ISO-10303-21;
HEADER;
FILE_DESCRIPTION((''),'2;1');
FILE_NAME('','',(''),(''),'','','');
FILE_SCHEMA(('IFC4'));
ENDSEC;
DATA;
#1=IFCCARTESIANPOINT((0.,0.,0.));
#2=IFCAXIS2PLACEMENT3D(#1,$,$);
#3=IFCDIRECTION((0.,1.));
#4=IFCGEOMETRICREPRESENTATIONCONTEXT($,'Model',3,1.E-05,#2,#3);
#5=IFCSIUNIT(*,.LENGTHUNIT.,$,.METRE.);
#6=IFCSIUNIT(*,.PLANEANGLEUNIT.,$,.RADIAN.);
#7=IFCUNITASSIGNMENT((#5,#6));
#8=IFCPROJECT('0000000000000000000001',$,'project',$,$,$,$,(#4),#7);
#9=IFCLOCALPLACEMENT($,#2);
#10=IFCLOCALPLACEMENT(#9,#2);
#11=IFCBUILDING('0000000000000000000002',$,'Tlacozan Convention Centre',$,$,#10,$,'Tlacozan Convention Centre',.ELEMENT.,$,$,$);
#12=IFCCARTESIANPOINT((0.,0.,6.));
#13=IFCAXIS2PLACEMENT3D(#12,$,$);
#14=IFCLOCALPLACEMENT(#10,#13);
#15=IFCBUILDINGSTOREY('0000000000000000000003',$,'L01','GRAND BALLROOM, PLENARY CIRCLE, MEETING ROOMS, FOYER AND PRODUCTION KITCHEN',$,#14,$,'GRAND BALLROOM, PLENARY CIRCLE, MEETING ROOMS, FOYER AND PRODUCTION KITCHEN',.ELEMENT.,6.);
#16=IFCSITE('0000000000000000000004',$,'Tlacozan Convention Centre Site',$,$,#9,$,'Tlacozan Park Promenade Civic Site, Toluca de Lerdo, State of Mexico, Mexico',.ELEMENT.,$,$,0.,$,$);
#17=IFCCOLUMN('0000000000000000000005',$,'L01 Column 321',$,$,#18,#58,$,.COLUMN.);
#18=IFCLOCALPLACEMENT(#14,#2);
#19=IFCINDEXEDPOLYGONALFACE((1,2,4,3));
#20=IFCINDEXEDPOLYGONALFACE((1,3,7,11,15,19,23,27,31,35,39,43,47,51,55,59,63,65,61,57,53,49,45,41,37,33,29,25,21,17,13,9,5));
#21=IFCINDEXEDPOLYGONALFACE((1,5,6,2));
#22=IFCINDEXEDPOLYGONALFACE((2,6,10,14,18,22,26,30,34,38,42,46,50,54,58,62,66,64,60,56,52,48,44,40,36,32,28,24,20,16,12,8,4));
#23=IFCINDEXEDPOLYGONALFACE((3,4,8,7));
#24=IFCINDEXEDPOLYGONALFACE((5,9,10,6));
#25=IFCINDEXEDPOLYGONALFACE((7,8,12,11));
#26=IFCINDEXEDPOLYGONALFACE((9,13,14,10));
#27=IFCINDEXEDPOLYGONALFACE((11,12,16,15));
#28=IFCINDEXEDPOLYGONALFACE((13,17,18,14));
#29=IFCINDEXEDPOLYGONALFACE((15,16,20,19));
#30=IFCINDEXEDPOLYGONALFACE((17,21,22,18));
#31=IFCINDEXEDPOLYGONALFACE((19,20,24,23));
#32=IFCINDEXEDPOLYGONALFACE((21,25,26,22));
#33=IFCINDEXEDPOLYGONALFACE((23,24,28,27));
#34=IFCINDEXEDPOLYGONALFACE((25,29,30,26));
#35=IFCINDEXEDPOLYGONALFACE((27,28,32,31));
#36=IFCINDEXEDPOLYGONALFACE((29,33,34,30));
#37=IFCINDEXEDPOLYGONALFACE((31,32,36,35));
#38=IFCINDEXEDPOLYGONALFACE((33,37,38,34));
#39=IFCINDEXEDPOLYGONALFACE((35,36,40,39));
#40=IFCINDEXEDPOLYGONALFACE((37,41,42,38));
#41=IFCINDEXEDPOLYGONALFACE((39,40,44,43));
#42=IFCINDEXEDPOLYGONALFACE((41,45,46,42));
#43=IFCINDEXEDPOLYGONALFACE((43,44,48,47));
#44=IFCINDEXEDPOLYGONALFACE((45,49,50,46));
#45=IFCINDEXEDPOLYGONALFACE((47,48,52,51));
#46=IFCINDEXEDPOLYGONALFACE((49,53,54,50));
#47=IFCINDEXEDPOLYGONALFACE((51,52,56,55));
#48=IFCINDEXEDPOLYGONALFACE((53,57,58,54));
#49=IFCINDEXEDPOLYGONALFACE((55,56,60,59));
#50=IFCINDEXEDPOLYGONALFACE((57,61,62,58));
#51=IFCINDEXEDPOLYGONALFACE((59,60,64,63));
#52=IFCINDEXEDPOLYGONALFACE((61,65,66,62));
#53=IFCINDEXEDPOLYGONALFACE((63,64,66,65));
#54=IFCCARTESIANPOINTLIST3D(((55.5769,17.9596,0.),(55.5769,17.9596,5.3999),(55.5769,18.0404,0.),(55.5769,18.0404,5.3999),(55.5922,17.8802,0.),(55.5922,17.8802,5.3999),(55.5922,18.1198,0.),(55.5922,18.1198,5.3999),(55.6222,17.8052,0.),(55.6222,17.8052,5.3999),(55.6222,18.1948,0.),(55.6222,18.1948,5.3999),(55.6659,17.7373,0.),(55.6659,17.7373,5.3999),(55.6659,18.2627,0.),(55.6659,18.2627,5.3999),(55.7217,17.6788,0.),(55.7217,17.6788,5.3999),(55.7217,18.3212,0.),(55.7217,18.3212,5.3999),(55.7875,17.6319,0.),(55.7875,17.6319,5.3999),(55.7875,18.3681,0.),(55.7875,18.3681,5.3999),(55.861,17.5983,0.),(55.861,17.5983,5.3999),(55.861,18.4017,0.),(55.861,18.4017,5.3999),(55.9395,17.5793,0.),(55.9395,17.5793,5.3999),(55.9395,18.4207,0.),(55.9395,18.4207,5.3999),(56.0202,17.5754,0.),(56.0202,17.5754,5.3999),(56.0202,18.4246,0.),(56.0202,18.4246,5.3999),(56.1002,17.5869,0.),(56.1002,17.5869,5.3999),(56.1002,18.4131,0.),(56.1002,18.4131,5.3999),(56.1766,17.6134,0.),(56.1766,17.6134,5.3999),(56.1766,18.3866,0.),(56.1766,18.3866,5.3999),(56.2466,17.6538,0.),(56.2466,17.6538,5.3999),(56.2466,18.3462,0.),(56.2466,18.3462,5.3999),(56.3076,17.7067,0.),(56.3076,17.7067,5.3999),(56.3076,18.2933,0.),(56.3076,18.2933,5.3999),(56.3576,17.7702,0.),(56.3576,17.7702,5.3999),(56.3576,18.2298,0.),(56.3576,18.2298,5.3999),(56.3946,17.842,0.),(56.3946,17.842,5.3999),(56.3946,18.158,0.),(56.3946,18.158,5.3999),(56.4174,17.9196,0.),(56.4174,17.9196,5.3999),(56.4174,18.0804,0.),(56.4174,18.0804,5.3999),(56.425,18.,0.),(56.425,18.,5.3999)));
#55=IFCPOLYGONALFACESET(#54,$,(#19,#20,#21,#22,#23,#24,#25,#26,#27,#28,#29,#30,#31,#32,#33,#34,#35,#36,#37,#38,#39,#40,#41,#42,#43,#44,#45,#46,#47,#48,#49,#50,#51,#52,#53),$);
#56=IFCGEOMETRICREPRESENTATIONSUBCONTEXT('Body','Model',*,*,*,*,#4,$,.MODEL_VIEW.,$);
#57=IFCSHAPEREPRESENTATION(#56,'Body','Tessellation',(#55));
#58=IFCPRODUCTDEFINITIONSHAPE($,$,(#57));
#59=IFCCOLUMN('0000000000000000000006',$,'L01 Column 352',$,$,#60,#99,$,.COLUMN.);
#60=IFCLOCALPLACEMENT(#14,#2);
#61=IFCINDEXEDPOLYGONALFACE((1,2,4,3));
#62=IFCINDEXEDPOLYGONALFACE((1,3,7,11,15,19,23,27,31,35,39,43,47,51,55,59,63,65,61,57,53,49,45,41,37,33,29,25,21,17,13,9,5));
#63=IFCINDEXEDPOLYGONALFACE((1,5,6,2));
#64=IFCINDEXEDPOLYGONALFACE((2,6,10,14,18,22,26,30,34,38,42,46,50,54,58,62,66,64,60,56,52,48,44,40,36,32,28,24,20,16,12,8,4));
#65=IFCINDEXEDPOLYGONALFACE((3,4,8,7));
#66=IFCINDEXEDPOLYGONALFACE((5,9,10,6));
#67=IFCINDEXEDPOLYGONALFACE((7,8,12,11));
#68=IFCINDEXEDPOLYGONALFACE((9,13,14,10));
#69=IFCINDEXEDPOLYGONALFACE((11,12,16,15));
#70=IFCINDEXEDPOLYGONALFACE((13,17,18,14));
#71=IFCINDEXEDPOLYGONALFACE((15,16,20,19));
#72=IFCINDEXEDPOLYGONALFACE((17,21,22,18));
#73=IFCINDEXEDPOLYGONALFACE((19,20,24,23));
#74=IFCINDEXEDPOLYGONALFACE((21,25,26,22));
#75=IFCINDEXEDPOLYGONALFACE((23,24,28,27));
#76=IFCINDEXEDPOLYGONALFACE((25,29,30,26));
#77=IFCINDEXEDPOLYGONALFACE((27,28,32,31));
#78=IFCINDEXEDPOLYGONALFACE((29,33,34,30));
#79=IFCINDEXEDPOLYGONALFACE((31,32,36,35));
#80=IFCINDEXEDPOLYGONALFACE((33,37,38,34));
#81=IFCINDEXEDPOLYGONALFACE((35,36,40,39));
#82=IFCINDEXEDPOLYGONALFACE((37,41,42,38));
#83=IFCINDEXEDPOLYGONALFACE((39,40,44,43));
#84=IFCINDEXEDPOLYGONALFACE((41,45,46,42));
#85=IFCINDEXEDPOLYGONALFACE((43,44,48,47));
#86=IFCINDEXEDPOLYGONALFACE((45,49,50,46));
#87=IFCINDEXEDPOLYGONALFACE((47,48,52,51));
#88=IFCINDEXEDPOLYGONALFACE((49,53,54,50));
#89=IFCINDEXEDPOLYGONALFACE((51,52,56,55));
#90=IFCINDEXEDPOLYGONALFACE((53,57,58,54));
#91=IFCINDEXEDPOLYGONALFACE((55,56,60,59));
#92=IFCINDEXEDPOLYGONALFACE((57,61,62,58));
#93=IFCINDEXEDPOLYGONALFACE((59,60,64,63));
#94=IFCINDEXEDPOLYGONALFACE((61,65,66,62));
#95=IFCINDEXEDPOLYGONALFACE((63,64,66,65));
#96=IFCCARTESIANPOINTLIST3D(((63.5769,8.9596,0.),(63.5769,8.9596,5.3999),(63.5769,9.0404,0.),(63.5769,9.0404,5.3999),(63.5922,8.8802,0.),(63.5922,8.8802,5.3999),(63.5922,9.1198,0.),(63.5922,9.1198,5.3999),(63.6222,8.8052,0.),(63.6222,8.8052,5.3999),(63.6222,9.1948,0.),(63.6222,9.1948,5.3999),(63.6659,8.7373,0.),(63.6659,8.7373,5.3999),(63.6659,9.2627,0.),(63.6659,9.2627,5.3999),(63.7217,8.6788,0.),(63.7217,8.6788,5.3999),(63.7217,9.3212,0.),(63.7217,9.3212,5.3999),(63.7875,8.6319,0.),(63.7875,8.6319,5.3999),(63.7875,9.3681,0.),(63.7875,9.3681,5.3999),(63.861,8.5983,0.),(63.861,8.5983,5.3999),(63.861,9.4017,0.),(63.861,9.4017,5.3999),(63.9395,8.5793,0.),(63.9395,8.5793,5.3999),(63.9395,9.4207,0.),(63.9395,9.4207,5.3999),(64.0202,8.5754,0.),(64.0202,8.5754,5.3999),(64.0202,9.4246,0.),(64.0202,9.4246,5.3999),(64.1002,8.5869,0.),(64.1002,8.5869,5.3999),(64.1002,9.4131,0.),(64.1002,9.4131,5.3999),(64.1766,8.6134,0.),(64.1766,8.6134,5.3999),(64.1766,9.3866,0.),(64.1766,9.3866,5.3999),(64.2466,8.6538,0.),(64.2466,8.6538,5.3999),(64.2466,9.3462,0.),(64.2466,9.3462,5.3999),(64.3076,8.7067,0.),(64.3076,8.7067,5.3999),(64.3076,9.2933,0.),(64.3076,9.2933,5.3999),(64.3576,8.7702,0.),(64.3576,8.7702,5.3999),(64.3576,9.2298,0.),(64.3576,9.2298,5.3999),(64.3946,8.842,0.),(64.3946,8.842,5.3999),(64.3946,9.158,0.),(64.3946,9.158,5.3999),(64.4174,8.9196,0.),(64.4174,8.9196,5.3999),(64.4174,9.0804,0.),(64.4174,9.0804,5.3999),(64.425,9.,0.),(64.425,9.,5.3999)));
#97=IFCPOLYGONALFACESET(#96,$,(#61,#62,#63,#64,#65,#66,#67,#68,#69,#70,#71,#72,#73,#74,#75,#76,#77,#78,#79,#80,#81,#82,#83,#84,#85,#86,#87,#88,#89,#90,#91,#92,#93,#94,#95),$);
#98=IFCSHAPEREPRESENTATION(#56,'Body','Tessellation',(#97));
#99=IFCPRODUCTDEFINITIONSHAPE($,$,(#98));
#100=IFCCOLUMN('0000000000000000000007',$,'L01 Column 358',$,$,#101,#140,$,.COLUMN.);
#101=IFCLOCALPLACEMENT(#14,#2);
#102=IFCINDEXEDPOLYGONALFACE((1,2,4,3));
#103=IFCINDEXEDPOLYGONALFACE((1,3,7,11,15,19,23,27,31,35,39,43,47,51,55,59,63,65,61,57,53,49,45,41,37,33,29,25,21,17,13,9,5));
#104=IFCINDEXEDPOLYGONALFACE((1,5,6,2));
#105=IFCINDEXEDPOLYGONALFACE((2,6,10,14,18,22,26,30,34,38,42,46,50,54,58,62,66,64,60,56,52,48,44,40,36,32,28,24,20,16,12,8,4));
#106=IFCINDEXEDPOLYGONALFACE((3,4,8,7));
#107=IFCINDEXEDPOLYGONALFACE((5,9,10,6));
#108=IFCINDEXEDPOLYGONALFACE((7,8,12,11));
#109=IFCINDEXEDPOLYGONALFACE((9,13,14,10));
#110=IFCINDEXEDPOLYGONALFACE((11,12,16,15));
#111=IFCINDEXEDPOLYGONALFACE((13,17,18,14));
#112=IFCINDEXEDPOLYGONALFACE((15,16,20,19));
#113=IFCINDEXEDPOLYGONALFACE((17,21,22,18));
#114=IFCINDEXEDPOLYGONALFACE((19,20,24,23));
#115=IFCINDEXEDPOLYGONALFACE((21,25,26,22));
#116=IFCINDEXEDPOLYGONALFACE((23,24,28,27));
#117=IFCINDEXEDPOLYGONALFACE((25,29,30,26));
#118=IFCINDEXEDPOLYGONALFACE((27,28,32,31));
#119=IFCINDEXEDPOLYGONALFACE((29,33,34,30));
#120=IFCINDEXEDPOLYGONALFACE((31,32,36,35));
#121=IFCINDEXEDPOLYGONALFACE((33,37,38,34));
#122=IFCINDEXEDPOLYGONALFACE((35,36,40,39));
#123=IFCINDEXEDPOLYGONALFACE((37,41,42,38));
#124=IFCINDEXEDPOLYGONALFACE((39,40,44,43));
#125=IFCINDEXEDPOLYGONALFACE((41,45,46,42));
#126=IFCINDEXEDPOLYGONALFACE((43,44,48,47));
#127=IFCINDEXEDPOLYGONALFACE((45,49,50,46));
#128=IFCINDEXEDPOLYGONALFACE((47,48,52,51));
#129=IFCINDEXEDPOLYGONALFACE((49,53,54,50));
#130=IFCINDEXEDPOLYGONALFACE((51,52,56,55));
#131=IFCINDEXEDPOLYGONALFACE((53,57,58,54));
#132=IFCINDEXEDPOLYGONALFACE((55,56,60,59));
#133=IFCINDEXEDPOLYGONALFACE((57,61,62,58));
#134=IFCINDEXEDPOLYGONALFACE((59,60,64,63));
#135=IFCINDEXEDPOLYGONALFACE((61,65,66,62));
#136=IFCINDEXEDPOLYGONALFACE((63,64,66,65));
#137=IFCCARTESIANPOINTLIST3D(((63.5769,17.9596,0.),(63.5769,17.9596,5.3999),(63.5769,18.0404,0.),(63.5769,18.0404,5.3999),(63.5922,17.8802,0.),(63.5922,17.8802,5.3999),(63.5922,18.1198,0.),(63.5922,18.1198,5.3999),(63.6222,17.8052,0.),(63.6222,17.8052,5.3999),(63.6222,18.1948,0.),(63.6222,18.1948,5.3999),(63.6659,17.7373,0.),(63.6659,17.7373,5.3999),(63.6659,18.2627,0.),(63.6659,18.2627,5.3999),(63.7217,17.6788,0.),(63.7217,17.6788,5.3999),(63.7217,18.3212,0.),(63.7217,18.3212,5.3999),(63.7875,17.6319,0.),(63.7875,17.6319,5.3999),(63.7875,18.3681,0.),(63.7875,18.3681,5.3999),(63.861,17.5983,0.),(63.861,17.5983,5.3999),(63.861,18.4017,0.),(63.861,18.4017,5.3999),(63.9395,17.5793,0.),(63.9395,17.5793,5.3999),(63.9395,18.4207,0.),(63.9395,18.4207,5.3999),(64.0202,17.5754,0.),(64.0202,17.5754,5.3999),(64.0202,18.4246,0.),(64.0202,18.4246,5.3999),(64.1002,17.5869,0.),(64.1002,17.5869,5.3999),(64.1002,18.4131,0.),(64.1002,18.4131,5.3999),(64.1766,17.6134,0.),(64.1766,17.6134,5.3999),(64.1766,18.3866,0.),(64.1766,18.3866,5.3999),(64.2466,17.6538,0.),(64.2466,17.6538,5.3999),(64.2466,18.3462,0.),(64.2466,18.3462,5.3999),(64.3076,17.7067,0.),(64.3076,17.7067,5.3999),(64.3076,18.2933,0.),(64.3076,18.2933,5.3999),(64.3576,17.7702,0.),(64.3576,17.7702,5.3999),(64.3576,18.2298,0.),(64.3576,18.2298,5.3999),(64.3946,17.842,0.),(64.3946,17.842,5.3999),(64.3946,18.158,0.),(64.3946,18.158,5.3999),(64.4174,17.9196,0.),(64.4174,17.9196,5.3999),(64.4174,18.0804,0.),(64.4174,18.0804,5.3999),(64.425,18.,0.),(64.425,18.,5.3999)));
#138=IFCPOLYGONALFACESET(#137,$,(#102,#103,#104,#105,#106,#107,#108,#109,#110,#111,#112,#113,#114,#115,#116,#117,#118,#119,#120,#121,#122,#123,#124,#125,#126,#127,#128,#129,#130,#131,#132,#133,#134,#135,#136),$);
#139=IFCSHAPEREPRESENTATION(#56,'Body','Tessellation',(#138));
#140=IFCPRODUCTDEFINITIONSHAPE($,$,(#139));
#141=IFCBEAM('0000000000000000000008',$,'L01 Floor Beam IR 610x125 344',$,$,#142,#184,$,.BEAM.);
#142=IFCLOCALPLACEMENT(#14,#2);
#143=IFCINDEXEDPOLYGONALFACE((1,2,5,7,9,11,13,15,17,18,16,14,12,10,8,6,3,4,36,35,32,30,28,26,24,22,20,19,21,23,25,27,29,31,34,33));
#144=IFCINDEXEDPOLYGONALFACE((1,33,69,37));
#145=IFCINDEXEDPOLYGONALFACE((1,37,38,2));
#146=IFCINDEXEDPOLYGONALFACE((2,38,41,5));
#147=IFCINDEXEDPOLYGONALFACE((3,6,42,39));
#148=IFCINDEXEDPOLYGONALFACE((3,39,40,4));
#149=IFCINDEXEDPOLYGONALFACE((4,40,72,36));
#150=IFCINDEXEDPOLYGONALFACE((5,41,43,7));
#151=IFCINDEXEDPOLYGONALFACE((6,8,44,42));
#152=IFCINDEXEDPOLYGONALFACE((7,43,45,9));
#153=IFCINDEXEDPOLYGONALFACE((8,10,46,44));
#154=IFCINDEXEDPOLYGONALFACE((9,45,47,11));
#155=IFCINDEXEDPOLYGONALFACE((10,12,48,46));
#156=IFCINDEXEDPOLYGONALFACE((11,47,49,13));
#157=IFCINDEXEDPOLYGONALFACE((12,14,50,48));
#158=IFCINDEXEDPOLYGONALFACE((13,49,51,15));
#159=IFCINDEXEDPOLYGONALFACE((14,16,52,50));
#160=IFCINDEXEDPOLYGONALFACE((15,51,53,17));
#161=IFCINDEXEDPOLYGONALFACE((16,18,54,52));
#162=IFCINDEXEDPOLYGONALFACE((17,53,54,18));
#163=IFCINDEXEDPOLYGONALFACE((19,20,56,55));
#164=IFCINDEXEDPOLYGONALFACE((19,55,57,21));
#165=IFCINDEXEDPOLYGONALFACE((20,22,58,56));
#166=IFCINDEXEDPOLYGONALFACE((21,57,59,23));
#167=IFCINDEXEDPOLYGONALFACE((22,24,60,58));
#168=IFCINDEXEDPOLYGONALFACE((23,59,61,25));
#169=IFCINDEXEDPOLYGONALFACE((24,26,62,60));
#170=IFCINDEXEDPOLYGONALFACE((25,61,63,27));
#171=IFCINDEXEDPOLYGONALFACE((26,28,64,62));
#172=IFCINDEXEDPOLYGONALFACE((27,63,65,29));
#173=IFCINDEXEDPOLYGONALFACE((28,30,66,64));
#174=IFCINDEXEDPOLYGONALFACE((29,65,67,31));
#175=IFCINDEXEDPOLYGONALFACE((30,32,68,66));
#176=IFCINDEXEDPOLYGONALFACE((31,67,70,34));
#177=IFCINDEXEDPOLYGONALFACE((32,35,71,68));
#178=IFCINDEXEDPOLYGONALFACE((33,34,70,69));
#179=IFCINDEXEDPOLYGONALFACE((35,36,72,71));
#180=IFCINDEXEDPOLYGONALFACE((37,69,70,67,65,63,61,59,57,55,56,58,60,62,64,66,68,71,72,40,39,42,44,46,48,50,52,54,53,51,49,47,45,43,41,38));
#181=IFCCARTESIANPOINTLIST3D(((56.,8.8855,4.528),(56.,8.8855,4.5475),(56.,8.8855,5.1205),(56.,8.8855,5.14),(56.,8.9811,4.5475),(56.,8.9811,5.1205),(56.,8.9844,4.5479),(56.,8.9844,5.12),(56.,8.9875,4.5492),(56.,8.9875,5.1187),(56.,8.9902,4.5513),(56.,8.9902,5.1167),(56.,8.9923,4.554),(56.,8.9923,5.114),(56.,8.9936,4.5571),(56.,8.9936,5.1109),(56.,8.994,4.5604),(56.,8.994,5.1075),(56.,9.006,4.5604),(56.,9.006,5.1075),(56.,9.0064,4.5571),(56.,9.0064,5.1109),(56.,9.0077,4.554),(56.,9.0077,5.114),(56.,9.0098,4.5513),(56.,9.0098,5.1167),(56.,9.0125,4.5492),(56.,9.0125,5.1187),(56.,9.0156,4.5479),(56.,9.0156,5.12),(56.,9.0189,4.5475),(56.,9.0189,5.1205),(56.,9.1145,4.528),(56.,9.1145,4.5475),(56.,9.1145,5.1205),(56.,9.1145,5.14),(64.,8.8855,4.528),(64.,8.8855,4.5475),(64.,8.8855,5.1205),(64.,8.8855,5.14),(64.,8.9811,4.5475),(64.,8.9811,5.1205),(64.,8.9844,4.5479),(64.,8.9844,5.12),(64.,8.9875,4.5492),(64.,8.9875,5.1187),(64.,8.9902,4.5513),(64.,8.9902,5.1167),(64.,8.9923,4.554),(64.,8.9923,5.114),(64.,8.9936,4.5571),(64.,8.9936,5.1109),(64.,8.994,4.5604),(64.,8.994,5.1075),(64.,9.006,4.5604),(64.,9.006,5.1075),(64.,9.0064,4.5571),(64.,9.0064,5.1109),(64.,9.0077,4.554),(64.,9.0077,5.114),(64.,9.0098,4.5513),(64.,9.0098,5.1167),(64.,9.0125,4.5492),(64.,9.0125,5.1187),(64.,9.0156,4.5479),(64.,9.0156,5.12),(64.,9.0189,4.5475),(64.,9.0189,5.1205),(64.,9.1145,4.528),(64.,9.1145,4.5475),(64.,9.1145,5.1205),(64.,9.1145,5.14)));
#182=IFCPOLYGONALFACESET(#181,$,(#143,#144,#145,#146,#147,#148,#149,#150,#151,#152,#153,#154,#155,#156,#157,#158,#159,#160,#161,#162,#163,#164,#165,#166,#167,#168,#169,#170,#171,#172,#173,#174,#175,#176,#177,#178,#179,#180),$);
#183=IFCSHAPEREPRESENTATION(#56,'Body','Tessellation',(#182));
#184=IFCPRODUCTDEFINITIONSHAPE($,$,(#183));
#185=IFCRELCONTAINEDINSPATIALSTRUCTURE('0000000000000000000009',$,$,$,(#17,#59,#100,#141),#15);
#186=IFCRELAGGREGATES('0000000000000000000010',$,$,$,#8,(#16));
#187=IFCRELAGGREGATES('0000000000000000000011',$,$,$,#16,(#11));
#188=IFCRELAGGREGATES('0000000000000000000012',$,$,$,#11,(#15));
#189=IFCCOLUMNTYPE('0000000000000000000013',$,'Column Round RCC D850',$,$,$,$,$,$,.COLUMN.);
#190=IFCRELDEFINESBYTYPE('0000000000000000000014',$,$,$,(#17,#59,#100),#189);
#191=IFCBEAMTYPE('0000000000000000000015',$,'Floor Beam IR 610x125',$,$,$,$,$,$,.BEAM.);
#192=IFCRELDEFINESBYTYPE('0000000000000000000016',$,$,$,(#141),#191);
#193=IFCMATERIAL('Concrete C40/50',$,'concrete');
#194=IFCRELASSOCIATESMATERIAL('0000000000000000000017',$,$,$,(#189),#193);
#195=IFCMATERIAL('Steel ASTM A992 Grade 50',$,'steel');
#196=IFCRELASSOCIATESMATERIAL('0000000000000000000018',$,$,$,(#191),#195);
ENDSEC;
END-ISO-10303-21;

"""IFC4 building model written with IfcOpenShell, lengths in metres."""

from ifc_helpers import new_model, si_unit, direction, frame, origin, origin_2d, place, context, subcontext, project, spatial, circle, i_section, extrude, material, material_profile, profile_set, type_object, element, save


model = new_model("IFC4")

# Units and contexts
model_context = context("Model", 3, precision=1e-05, world=origin(), true_north=direction((0.0, 1.0)))
body_context = subcontext(model_context, "Body", "Model", "MODEL_VIEW")
ifc_project = project(units=[si_unit("LENGTHUNIT", "METRE"), si_unit("PLANEANGLEUNIT", "RADIAN")], contexts=[model_context])

# Site, building, storey
site_placement = place(None, origin())
site = spatial("IfcSite", under=ifc_project, at=site_placement, Name="Tlacozan Convention Centre Site", LongName="Tlacozan Park Promenade Civic Site, Toluca de Lerdo, State of Mexico, Mexico", CompositionType="ELEMENT", RefElevation=0.0)
building_placement = place(site_placement, origin())
building = spatial("IfcBuilding", under=site, at=building_placement, Name="Tlacozan Convention Centre", LongName="Tlacozan Convention Centre", CompositionType="ELEMENT")
storey_placement = place(building_placement, frame((0.0, 0.0, 6.0)))
storey = spatial("IfcBuildingStorey", under=building, at=storey_placement, Name="L01", Description="GRAND BALLROOM, PLENARY CIRCLE, MEETING ROOMS, FOYER AND PRODUCTION KITCHEN", LongName="GRAND BALLROOM, PLENARY CIRCLE, MEETING ROOMS, FOYER AND PRODUCTION KITCHEN", CompositionType="ELEMENT", Elevation=6.0)

# Columns
ifc_material_1 = material(Name="Concrete C40/50", Category="concrete")
ifc_material_profile_1 = material_profile(ifc_material_1, circle(Radius=0.425, at=origin_2d()), Name="RCC D850")
ifc_profile_set_1 = profile_set([ifc_material_profile_1], Name="Concrete C40/50")
column_type = type_object("IfcColumnType", Name="Column Round RCC D850", PredefinedType="COLUMN", material=ifc_profile_set_1)
for number, where, z_axis, x_axis, name in (
    (1, (56.0, 18.0, 0.0), (0.0, 0.0, 1.0), (1.0, 0.0, 0.0), "L01 Column 321"),
    (2, (64.0, 9.0, 0.0), (0.0, 0.0, 1.0), (1.0, 0.0, 0.0), "L01 Column 352"),
    (3, (64.0, 18.0, 0.0), (0.0, 0.0, 1.0), (1.0, 0.0, 0.0), "L01 Column 358"),
):
    element("IfcColumn", number, at=place(storey_placement, frame(where, z_axis=z_axis, x_axis=x_axis)), inside=storey, type_object=column_type, Name=name, PredefinedType="COLUMN", context=body_context, shape_type="SweptSolid", body=[
        extrude(circle(Radius=0.425, at=origin_2d()), origin(), (0.0, 0.0, 1.0), 5.3999),
    ])

# Beam
ifc_material_2 = material(Name="Steel ASTM A992 Grade 50", Category="steel")
ifc_material_profile_2 = material_profile(ifc_material_2, i_section(OverallWidth=0.229, OverallDepth=0.6121, WebThickness=0.012, FlangeThickness=0.0195, FilletRadius=0.0129, at=origin_2d()), Name="IR 610x125.0")
ifc_profile_set_2 = profile_set([ifc_material_profile_2], Name="Steel ASTM A992 Grade 50")
beam_type_1 = type_object("IfcBeamType", Name="Floor Beam IR 610x125", PredefinedType="BEAM", material=ifc_profile_set_2)
for number, where, z_axis, x_axis, name in (
    (4, (56.0, 9.0, 4.834), (1.0, 0.0, 0.0), (0.0, 1.0, 0.0), "L01 Floor Beam IR 610x125 344"),
):
    element("IfcBeam", number, at=place(storey_placement, frame(where, z_axis=z_axis, x_axis=x_axis)), inside=storey, type_object=beam_type_1, Name=name, PredefinedType="BEAM", context=body_context, shape_type="SweptSolid", body=[
        extrude(i_section(OverallWidth=0.229, OverallDepth=0.6121, WebThickness=0.012, FlangeThickness=0.0195, FilletRadius=0.0129, at=origin_2d()), origin(), (0.0, 0.0, 1.0), 8.0),
    ])

save(model, "model.ifc")
